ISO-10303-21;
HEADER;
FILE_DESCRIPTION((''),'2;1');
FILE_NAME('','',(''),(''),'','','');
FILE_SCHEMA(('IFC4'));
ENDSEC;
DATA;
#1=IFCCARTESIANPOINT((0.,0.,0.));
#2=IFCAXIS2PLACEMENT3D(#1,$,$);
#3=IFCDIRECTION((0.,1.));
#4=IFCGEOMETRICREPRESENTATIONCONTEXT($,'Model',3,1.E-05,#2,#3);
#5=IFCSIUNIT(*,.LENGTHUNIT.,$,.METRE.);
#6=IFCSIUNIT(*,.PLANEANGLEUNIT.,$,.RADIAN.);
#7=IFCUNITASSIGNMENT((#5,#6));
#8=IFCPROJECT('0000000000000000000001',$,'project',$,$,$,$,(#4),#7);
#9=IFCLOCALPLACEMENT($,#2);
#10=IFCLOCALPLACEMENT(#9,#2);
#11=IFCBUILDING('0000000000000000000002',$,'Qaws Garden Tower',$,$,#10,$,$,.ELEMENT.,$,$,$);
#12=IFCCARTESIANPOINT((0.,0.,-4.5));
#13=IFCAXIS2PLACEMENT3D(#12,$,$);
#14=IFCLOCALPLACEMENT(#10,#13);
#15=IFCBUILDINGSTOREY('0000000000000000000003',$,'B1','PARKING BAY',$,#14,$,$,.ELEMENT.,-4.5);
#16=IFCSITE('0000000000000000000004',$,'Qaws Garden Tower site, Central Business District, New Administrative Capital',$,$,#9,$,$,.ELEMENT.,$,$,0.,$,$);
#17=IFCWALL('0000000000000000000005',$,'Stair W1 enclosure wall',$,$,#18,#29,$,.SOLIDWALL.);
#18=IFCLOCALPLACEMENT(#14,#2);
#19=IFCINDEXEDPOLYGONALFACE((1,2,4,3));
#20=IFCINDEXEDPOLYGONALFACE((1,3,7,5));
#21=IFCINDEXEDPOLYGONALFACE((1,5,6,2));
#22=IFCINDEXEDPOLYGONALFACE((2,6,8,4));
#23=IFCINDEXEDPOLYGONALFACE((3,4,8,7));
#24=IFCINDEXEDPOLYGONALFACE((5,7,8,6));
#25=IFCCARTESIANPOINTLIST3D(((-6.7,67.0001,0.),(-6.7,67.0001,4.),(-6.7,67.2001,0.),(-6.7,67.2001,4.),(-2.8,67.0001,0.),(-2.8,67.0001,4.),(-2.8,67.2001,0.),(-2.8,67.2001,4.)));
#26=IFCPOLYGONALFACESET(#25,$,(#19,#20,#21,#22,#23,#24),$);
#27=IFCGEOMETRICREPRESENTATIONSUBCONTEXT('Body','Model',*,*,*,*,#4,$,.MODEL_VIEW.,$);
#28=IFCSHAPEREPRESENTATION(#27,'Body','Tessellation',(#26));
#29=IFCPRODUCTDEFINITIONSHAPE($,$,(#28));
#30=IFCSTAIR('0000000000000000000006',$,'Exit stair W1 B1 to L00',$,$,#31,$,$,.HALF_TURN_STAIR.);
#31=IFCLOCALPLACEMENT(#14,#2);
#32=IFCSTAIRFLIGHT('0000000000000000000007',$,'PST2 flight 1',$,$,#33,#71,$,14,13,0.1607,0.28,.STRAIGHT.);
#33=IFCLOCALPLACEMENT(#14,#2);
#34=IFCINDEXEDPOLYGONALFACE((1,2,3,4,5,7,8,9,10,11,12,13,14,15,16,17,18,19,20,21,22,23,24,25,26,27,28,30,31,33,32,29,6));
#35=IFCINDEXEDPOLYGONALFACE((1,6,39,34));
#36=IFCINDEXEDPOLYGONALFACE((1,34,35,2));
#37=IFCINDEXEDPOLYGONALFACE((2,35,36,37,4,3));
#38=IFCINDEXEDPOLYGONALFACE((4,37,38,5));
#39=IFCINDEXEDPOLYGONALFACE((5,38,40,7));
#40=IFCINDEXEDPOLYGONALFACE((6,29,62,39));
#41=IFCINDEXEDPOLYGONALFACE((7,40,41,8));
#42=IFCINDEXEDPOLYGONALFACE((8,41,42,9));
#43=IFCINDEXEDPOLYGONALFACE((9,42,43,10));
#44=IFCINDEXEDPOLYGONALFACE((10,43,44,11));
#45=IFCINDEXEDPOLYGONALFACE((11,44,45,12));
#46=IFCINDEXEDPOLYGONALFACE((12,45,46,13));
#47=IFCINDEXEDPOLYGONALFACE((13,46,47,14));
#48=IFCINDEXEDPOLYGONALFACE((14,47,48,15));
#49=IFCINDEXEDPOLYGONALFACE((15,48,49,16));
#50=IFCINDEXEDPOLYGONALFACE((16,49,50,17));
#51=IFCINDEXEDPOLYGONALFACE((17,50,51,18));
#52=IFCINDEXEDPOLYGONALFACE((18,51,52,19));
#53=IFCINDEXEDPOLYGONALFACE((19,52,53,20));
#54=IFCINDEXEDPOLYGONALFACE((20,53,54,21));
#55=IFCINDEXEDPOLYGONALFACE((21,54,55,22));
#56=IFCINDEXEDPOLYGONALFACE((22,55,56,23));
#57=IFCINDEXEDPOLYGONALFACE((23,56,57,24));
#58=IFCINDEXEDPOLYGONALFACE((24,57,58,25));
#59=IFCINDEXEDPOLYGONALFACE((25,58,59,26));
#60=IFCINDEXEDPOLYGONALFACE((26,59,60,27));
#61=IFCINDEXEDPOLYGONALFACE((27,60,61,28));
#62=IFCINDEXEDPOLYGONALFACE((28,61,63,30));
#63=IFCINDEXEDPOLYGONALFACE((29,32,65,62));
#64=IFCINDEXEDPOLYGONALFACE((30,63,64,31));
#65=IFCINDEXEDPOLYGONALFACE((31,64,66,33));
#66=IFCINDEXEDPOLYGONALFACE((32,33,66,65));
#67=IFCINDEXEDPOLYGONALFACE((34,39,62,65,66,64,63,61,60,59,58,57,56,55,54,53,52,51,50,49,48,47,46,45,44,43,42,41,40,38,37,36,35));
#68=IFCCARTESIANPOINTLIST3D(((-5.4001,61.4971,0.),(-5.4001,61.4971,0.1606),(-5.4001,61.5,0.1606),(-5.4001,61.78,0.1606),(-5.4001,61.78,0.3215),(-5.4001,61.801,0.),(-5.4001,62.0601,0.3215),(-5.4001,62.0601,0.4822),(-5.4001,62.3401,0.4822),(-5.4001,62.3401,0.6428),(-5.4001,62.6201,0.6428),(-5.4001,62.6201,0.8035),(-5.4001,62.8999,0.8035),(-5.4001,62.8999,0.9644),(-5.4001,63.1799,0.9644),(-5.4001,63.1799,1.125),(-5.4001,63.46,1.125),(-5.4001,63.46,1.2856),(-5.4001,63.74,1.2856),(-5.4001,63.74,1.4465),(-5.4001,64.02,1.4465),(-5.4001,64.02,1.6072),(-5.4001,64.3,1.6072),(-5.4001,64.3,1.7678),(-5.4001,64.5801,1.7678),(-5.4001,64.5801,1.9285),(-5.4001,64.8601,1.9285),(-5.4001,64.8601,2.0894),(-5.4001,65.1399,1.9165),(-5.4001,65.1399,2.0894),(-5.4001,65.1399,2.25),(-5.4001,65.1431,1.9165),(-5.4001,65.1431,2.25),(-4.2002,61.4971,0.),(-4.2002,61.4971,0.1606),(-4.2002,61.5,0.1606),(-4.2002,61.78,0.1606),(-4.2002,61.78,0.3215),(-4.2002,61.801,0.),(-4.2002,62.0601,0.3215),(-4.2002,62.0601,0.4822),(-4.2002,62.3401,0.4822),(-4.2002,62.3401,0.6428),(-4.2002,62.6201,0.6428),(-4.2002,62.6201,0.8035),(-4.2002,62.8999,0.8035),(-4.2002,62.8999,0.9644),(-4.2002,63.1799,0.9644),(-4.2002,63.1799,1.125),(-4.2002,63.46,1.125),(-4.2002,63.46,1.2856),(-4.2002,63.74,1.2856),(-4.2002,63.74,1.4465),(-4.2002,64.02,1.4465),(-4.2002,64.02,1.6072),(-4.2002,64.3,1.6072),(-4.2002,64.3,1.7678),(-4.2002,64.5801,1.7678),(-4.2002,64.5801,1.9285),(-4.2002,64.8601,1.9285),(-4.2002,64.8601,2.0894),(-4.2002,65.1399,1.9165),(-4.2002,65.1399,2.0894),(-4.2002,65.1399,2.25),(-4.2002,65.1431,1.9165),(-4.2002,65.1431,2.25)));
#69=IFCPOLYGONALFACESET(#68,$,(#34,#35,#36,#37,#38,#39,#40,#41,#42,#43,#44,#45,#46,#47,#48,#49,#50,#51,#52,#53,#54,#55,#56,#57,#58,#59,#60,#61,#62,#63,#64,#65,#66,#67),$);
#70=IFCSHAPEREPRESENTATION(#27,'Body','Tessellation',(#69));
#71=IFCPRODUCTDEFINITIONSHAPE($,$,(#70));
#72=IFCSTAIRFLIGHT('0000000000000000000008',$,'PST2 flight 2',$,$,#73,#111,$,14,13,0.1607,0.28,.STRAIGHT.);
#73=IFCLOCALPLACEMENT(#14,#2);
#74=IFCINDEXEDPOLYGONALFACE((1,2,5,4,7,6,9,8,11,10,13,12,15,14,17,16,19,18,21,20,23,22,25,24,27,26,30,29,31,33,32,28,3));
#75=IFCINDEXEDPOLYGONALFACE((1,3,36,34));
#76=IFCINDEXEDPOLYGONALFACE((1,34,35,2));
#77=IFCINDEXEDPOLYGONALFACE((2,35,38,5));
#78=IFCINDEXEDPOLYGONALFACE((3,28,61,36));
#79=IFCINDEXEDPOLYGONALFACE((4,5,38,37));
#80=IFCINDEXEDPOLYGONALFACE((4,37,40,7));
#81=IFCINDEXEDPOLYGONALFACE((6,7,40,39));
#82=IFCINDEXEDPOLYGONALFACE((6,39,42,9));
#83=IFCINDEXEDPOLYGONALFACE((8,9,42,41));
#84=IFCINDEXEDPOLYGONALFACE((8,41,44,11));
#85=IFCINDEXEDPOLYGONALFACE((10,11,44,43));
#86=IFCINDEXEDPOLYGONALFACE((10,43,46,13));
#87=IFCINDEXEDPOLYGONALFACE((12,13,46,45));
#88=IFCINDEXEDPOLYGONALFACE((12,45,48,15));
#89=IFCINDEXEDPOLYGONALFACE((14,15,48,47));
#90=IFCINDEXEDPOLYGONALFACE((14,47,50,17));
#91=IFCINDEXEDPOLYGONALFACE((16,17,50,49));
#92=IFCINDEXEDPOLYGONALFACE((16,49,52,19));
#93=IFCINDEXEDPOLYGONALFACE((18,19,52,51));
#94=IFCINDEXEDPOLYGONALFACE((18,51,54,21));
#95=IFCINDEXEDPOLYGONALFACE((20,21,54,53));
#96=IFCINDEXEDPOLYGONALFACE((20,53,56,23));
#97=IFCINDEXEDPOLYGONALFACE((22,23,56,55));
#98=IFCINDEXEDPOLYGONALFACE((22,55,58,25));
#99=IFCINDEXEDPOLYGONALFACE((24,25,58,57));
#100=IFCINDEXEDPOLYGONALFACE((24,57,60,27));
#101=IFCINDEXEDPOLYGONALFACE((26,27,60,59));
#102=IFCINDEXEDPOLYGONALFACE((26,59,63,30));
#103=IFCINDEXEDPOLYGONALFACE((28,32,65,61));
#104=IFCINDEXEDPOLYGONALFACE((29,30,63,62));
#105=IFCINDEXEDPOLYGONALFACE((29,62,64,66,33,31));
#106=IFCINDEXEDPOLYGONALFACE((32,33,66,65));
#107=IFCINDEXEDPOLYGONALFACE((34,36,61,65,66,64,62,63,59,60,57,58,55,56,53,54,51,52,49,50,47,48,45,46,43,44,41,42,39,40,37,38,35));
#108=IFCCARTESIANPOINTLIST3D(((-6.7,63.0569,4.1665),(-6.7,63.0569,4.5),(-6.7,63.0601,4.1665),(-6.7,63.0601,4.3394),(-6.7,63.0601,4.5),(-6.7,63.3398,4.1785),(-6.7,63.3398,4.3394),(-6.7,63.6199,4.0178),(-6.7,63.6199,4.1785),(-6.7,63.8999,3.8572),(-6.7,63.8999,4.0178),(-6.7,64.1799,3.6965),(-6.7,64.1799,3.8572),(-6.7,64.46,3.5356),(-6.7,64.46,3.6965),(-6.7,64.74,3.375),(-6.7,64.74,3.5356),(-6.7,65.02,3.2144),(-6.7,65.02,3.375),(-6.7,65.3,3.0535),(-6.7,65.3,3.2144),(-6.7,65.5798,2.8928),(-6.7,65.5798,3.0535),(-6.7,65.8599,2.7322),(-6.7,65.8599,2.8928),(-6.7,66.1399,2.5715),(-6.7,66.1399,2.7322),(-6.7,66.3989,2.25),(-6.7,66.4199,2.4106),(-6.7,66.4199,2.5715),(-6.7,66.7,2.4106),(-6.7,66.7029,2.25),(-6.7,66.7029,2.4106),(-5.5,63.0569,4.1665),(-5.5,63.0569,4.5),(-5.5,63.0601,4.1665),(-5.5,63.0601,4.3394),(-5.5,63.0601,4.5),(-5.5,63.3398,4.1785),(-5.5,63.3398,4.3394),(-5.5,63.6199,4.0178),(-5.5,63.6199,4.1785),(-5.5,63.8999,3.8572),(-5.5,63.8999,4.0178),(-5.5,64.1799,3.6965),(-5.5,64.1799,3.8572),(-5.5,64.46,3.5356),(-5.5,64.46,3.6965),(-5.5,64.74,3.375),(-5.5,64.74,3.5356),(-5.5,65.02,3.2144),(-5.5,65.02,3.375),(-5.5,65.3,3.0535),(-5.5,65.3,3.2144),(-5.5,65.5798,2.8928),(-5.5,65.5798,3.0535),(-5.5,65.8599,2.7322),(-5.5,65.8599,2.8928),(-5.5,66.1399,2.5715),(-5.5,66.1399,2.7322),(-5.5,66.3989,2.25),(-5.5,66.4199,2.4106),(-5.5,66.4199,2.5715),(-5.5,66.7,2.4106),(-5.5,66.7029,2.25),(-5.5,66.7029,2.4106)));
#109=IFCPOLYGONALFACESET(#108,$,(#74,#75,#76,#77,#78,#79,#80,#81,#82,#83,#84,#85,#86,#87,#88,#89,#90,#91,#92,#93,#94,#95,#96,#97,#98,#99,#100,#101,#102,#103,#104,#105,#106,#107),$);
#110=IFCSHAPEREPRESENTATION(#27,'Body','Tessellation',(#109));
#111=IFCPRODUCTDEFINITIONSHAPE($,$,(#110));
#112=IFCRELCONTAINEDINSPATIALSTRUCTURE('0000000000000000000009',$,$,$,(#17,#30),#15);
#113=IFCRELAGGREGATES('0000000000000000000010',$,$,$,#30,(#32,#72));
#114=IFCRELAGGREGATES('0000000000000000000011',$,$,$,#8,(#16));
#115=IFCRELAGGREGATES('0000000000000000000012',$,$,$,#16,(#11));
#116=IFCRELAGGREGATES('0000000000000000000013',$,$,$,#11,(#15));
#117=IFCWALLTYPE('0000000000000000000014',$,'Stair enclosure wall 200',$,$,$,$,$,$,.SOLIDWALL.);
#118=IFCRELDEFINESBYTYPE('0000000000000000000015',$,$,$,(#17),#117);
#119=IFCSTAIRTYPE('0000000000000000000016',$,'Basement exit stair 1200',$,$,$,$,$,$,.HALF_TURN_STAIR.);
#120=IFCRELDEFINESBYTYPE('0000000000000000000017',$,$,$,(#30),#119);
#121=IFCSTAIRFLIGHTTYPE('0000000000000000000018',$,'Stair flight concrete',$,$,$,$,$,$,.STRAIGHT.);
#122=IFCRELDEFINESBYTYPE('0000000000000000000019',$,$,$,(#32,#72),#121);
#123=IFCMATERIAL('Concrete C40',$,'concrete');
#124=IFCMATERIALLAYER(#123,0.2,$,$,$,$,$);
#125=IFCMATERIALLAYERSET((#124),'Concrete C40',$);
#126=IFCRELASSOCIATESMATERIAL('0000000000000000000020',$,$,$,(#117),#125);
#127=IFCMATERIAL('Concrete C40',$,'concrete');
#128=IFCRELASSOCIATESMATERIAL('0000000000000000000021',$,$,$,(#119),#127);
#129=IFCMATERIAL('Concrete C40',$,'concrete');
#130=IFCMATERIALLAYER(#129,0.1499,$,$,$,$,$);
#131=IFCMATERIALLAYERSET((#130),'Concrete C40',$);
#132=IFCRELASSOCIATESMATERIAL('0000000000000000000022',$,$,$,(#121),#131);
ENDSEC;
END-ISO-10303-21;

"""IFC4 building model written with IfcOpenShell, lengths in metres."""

from ifc_helpers import new_model, si_unit, direction, frame, frame_2d, origin, place, context, subcontext, project, spatial, polyline, rectangle, outline, extrude, material, layer, layer_set, type_object, element, aggregate, save


model = new_model("IFC4")

# Units and contexts
model_context = context("Model", 3, precision=1e-05, world=origin(), true_north=direction((0.0, 1.0)))
body_context = subcontext(model_context, "Body", "Model", "MODEL_VIEW")
ifc_project = project(units=[si_unit("LENGTHUNIT", "METRE"), si_unit("PLANEANGLEUNIT", "RADIAN")], contexts=[model_context])

# Site, building, storey
site_placement = place(None, origin())
site = spatial("IfcSite", under=ifc_project, at=site_placement, Name="Qaws Garden Tower site, Central Business District, New Administrative Capital", CompositionType="ELEMENT", RefElevation=0.0)
building_placement = place(site_placement, origin())
building = spatial("IfcBuilding", under=site, at=building_placement, Name="Qaws Garden Tower", CompositionType="ELEMENT")
storey_placement = place(building_placement, frame((0.0, 0.0, -4.5)))
storey = spatial("IfcBuildingStorey", under=building, at=storey_placement, Name="B1", Description="PARKING BAY", CompositionType="ELEMENT", Elevation=-4.5)

# Shared definitions
ifc_material_1 = material(Name="Concrete C40", Category="concrete")
ifc_layer_1 = layer(ifc_material_1, 0.2)
ifc_layer_set_1 = layer_set([ifc_layer_1], Name="Concrete C40")
wall_type = type_object("IfcWallType", Name="Stair enclosure wall 200", PredefinedType="SOLIDWALL", material=ifc_layer_set_1)

# Wall
for number, where, z_axis, x_axis, name in (
    (1, (-2.8, 67.1001, 0.0), (0.0, 0.0, 1.0), (-1.0, 0.0, 0.0), "Stair W1 enclosure wall"),
):
    element("IfcWall", number, at=place(storey_placement, frame(where, z_axis=z_axis, x_axis=x_axis)), inside=storey, type_object=wall_type, Name=name, PredefinedType="SOLIDWALL", context=body_context, shape_type="SweptSolid", body=[
        extrude(rectangle(XDim=3.8999, YDim=0.2, at=frame_2d((1.95, 0.0))), origin(), (0.0, 0.0, 1.0), 4.0),
    ])

# Stair, stair flights
ifc_material_2 = material(Name="Concrete C40", Category="concrete")
stair_type = type_object("IfcStairType", Name="Basement exit stair 1200", PredefinedType="HALF_TURN_STAIR", material=ifc_material_2)
stair_placement = place(storey_placement, origin())
stair = element("IfcStair", 2, at=stair_placement, inside=storey, type_object=stair_type, Name="Exit stair W1 B1 to L00", PredefinedType="HALF_TURN_STAIR")
ifc_material_3 = material(Name="Concrete C40", Category="concrete")
ifc_layer_2 = layer(ifc_material_3, 0.1499)
ifc_layer_set_2 = layer_set([ifc_layer_2], Name="Concrete C40")
stair_flight_type = type_object("IfcStairFlightType", Name="Stair flight concrete", PredefinedType="STRAIGHT", material=ifc_layer_set_2)
stair_flight_1_placement = place(storey_placement, frame((-4.8, 61.5, 0.0), z_axis=(0.0, 0.0, 1.0), x_axis=(0.0, 1.0, 0.0)))
stair_flight_1 = element("IfcStairFlight", 3, at=stair_flight_1_placement, type_object=stair_flight_type, Name="PST2 flight 1", NumberOfRisers=14, NumberOfTreads=13, PredefinedType="STRAIGHT", RiserHeight=0.1607, TreadLength=0.28, context=body_context, shape_type="SweptSolid", body=[
    extrude(outline(polyline([(-0.0029, 0.0), (-0.0029, 0.1606), (0.0, 0.1606), (0.28, 0.1606), (0.28, 0.3215), (0.5601, 0.3215), (0.5601, 0.4822), (0.8401, 0.4822), (0.8401, 0.6428), (1.1201, 0.6428), (1.1201, 0.8035), (1.3999, 0.8035), (1.3999, 0.9644), (1.6799, 0.9644), (1.6799, 1.125), (1.96, 1.125), (1.96, 1.2856), (2.24, 1.2856), (2.24, 1.4465), (2.52, 1.4465), (2.52, 1.6072), (2.8, 1.6072), (2.8, 1.7678), (3.0801, 1.7678), (3.0801, 1.9285), (3.3601, 1.9285), (3.3601, 2.0894), (3.6399, 2.0894), (3.6399, 2.25), (3.6431, 2.25), (3.6431, 1.9165), (3.6399, 1.9165), (0.301, 0.0), (-0.0029, 0.0)])), frame((0.0, 0.6001, 0.0), z_axis=(0.0, -1.0, 0.0), x_axis=(1.0, 0.0, 0.0)), (0.0, 0.0, 1.0), 1.2),
])
stair_flight_2_placement = place(storey_placement, frame((-6.1001, 66.7, 2.25), z_axis=(0.0, 0.0, 1.0), x_axis=(0.0, -1.0, 0.0)))
stair_flight_2 = element("IfcStairFlight", 4, at=stair_flight_2_placement, type_object=stair_flight_type, Name="PST2 flight 2", NumberOfRisers=14, NumberOfTreads=13, PredefinedType="STRAIGHT", RiserHeight=0.1607, TreadLength=0.28, context=body_context, shape_type="SweptSolid", body=[
    extrude(outline(polyline([(-0.0029, 0.0), (-0.0029, 0.1606), (0.0, 0.1606), (0.28, 0.1606), (0.28, 0.3215), (0.5601, 0.3215), (0.5601, 0.4822), (0.8401, 0.4822), (0.8401, 0.6428), (1.1201, 0.6428), (1.1201, 0.8035), (1.3999, 0.8035), (1.3999, 0.9644), (1.6799, 0.9644), (1.6799, 1.125), (1.96, 1.125), (1.96, 1.2856), (2.24, 1.2856), (2.24, 1.4465), (2.52, 1.4465), (2.52, 1.6072), (2.8, 1.6072), (2.8, 1.7678), (3.0801, 1.7678), (3.0801, 1.9285), (3.3601, 1.9285), (3.3601, 2.0894), (3.6399, 2.0894), (3.6399, 2.25), (3.6431, 2.25), (3.6431, 1.9165), (3.6399, 1.9165), (0.301, 0.0), (-0.0029, 0.0)])), frame((0.0, 0.6001, 0.0), z_axis=(0.0, -1.0, 0.0), x_axis=(1.0, 0.0, 0.0)), (0.0, 0.0, 1.0), 1.2),
])
aggregate(stair, [stair_flight_1, stair_flight_2])

save(model, "model.ifc")
